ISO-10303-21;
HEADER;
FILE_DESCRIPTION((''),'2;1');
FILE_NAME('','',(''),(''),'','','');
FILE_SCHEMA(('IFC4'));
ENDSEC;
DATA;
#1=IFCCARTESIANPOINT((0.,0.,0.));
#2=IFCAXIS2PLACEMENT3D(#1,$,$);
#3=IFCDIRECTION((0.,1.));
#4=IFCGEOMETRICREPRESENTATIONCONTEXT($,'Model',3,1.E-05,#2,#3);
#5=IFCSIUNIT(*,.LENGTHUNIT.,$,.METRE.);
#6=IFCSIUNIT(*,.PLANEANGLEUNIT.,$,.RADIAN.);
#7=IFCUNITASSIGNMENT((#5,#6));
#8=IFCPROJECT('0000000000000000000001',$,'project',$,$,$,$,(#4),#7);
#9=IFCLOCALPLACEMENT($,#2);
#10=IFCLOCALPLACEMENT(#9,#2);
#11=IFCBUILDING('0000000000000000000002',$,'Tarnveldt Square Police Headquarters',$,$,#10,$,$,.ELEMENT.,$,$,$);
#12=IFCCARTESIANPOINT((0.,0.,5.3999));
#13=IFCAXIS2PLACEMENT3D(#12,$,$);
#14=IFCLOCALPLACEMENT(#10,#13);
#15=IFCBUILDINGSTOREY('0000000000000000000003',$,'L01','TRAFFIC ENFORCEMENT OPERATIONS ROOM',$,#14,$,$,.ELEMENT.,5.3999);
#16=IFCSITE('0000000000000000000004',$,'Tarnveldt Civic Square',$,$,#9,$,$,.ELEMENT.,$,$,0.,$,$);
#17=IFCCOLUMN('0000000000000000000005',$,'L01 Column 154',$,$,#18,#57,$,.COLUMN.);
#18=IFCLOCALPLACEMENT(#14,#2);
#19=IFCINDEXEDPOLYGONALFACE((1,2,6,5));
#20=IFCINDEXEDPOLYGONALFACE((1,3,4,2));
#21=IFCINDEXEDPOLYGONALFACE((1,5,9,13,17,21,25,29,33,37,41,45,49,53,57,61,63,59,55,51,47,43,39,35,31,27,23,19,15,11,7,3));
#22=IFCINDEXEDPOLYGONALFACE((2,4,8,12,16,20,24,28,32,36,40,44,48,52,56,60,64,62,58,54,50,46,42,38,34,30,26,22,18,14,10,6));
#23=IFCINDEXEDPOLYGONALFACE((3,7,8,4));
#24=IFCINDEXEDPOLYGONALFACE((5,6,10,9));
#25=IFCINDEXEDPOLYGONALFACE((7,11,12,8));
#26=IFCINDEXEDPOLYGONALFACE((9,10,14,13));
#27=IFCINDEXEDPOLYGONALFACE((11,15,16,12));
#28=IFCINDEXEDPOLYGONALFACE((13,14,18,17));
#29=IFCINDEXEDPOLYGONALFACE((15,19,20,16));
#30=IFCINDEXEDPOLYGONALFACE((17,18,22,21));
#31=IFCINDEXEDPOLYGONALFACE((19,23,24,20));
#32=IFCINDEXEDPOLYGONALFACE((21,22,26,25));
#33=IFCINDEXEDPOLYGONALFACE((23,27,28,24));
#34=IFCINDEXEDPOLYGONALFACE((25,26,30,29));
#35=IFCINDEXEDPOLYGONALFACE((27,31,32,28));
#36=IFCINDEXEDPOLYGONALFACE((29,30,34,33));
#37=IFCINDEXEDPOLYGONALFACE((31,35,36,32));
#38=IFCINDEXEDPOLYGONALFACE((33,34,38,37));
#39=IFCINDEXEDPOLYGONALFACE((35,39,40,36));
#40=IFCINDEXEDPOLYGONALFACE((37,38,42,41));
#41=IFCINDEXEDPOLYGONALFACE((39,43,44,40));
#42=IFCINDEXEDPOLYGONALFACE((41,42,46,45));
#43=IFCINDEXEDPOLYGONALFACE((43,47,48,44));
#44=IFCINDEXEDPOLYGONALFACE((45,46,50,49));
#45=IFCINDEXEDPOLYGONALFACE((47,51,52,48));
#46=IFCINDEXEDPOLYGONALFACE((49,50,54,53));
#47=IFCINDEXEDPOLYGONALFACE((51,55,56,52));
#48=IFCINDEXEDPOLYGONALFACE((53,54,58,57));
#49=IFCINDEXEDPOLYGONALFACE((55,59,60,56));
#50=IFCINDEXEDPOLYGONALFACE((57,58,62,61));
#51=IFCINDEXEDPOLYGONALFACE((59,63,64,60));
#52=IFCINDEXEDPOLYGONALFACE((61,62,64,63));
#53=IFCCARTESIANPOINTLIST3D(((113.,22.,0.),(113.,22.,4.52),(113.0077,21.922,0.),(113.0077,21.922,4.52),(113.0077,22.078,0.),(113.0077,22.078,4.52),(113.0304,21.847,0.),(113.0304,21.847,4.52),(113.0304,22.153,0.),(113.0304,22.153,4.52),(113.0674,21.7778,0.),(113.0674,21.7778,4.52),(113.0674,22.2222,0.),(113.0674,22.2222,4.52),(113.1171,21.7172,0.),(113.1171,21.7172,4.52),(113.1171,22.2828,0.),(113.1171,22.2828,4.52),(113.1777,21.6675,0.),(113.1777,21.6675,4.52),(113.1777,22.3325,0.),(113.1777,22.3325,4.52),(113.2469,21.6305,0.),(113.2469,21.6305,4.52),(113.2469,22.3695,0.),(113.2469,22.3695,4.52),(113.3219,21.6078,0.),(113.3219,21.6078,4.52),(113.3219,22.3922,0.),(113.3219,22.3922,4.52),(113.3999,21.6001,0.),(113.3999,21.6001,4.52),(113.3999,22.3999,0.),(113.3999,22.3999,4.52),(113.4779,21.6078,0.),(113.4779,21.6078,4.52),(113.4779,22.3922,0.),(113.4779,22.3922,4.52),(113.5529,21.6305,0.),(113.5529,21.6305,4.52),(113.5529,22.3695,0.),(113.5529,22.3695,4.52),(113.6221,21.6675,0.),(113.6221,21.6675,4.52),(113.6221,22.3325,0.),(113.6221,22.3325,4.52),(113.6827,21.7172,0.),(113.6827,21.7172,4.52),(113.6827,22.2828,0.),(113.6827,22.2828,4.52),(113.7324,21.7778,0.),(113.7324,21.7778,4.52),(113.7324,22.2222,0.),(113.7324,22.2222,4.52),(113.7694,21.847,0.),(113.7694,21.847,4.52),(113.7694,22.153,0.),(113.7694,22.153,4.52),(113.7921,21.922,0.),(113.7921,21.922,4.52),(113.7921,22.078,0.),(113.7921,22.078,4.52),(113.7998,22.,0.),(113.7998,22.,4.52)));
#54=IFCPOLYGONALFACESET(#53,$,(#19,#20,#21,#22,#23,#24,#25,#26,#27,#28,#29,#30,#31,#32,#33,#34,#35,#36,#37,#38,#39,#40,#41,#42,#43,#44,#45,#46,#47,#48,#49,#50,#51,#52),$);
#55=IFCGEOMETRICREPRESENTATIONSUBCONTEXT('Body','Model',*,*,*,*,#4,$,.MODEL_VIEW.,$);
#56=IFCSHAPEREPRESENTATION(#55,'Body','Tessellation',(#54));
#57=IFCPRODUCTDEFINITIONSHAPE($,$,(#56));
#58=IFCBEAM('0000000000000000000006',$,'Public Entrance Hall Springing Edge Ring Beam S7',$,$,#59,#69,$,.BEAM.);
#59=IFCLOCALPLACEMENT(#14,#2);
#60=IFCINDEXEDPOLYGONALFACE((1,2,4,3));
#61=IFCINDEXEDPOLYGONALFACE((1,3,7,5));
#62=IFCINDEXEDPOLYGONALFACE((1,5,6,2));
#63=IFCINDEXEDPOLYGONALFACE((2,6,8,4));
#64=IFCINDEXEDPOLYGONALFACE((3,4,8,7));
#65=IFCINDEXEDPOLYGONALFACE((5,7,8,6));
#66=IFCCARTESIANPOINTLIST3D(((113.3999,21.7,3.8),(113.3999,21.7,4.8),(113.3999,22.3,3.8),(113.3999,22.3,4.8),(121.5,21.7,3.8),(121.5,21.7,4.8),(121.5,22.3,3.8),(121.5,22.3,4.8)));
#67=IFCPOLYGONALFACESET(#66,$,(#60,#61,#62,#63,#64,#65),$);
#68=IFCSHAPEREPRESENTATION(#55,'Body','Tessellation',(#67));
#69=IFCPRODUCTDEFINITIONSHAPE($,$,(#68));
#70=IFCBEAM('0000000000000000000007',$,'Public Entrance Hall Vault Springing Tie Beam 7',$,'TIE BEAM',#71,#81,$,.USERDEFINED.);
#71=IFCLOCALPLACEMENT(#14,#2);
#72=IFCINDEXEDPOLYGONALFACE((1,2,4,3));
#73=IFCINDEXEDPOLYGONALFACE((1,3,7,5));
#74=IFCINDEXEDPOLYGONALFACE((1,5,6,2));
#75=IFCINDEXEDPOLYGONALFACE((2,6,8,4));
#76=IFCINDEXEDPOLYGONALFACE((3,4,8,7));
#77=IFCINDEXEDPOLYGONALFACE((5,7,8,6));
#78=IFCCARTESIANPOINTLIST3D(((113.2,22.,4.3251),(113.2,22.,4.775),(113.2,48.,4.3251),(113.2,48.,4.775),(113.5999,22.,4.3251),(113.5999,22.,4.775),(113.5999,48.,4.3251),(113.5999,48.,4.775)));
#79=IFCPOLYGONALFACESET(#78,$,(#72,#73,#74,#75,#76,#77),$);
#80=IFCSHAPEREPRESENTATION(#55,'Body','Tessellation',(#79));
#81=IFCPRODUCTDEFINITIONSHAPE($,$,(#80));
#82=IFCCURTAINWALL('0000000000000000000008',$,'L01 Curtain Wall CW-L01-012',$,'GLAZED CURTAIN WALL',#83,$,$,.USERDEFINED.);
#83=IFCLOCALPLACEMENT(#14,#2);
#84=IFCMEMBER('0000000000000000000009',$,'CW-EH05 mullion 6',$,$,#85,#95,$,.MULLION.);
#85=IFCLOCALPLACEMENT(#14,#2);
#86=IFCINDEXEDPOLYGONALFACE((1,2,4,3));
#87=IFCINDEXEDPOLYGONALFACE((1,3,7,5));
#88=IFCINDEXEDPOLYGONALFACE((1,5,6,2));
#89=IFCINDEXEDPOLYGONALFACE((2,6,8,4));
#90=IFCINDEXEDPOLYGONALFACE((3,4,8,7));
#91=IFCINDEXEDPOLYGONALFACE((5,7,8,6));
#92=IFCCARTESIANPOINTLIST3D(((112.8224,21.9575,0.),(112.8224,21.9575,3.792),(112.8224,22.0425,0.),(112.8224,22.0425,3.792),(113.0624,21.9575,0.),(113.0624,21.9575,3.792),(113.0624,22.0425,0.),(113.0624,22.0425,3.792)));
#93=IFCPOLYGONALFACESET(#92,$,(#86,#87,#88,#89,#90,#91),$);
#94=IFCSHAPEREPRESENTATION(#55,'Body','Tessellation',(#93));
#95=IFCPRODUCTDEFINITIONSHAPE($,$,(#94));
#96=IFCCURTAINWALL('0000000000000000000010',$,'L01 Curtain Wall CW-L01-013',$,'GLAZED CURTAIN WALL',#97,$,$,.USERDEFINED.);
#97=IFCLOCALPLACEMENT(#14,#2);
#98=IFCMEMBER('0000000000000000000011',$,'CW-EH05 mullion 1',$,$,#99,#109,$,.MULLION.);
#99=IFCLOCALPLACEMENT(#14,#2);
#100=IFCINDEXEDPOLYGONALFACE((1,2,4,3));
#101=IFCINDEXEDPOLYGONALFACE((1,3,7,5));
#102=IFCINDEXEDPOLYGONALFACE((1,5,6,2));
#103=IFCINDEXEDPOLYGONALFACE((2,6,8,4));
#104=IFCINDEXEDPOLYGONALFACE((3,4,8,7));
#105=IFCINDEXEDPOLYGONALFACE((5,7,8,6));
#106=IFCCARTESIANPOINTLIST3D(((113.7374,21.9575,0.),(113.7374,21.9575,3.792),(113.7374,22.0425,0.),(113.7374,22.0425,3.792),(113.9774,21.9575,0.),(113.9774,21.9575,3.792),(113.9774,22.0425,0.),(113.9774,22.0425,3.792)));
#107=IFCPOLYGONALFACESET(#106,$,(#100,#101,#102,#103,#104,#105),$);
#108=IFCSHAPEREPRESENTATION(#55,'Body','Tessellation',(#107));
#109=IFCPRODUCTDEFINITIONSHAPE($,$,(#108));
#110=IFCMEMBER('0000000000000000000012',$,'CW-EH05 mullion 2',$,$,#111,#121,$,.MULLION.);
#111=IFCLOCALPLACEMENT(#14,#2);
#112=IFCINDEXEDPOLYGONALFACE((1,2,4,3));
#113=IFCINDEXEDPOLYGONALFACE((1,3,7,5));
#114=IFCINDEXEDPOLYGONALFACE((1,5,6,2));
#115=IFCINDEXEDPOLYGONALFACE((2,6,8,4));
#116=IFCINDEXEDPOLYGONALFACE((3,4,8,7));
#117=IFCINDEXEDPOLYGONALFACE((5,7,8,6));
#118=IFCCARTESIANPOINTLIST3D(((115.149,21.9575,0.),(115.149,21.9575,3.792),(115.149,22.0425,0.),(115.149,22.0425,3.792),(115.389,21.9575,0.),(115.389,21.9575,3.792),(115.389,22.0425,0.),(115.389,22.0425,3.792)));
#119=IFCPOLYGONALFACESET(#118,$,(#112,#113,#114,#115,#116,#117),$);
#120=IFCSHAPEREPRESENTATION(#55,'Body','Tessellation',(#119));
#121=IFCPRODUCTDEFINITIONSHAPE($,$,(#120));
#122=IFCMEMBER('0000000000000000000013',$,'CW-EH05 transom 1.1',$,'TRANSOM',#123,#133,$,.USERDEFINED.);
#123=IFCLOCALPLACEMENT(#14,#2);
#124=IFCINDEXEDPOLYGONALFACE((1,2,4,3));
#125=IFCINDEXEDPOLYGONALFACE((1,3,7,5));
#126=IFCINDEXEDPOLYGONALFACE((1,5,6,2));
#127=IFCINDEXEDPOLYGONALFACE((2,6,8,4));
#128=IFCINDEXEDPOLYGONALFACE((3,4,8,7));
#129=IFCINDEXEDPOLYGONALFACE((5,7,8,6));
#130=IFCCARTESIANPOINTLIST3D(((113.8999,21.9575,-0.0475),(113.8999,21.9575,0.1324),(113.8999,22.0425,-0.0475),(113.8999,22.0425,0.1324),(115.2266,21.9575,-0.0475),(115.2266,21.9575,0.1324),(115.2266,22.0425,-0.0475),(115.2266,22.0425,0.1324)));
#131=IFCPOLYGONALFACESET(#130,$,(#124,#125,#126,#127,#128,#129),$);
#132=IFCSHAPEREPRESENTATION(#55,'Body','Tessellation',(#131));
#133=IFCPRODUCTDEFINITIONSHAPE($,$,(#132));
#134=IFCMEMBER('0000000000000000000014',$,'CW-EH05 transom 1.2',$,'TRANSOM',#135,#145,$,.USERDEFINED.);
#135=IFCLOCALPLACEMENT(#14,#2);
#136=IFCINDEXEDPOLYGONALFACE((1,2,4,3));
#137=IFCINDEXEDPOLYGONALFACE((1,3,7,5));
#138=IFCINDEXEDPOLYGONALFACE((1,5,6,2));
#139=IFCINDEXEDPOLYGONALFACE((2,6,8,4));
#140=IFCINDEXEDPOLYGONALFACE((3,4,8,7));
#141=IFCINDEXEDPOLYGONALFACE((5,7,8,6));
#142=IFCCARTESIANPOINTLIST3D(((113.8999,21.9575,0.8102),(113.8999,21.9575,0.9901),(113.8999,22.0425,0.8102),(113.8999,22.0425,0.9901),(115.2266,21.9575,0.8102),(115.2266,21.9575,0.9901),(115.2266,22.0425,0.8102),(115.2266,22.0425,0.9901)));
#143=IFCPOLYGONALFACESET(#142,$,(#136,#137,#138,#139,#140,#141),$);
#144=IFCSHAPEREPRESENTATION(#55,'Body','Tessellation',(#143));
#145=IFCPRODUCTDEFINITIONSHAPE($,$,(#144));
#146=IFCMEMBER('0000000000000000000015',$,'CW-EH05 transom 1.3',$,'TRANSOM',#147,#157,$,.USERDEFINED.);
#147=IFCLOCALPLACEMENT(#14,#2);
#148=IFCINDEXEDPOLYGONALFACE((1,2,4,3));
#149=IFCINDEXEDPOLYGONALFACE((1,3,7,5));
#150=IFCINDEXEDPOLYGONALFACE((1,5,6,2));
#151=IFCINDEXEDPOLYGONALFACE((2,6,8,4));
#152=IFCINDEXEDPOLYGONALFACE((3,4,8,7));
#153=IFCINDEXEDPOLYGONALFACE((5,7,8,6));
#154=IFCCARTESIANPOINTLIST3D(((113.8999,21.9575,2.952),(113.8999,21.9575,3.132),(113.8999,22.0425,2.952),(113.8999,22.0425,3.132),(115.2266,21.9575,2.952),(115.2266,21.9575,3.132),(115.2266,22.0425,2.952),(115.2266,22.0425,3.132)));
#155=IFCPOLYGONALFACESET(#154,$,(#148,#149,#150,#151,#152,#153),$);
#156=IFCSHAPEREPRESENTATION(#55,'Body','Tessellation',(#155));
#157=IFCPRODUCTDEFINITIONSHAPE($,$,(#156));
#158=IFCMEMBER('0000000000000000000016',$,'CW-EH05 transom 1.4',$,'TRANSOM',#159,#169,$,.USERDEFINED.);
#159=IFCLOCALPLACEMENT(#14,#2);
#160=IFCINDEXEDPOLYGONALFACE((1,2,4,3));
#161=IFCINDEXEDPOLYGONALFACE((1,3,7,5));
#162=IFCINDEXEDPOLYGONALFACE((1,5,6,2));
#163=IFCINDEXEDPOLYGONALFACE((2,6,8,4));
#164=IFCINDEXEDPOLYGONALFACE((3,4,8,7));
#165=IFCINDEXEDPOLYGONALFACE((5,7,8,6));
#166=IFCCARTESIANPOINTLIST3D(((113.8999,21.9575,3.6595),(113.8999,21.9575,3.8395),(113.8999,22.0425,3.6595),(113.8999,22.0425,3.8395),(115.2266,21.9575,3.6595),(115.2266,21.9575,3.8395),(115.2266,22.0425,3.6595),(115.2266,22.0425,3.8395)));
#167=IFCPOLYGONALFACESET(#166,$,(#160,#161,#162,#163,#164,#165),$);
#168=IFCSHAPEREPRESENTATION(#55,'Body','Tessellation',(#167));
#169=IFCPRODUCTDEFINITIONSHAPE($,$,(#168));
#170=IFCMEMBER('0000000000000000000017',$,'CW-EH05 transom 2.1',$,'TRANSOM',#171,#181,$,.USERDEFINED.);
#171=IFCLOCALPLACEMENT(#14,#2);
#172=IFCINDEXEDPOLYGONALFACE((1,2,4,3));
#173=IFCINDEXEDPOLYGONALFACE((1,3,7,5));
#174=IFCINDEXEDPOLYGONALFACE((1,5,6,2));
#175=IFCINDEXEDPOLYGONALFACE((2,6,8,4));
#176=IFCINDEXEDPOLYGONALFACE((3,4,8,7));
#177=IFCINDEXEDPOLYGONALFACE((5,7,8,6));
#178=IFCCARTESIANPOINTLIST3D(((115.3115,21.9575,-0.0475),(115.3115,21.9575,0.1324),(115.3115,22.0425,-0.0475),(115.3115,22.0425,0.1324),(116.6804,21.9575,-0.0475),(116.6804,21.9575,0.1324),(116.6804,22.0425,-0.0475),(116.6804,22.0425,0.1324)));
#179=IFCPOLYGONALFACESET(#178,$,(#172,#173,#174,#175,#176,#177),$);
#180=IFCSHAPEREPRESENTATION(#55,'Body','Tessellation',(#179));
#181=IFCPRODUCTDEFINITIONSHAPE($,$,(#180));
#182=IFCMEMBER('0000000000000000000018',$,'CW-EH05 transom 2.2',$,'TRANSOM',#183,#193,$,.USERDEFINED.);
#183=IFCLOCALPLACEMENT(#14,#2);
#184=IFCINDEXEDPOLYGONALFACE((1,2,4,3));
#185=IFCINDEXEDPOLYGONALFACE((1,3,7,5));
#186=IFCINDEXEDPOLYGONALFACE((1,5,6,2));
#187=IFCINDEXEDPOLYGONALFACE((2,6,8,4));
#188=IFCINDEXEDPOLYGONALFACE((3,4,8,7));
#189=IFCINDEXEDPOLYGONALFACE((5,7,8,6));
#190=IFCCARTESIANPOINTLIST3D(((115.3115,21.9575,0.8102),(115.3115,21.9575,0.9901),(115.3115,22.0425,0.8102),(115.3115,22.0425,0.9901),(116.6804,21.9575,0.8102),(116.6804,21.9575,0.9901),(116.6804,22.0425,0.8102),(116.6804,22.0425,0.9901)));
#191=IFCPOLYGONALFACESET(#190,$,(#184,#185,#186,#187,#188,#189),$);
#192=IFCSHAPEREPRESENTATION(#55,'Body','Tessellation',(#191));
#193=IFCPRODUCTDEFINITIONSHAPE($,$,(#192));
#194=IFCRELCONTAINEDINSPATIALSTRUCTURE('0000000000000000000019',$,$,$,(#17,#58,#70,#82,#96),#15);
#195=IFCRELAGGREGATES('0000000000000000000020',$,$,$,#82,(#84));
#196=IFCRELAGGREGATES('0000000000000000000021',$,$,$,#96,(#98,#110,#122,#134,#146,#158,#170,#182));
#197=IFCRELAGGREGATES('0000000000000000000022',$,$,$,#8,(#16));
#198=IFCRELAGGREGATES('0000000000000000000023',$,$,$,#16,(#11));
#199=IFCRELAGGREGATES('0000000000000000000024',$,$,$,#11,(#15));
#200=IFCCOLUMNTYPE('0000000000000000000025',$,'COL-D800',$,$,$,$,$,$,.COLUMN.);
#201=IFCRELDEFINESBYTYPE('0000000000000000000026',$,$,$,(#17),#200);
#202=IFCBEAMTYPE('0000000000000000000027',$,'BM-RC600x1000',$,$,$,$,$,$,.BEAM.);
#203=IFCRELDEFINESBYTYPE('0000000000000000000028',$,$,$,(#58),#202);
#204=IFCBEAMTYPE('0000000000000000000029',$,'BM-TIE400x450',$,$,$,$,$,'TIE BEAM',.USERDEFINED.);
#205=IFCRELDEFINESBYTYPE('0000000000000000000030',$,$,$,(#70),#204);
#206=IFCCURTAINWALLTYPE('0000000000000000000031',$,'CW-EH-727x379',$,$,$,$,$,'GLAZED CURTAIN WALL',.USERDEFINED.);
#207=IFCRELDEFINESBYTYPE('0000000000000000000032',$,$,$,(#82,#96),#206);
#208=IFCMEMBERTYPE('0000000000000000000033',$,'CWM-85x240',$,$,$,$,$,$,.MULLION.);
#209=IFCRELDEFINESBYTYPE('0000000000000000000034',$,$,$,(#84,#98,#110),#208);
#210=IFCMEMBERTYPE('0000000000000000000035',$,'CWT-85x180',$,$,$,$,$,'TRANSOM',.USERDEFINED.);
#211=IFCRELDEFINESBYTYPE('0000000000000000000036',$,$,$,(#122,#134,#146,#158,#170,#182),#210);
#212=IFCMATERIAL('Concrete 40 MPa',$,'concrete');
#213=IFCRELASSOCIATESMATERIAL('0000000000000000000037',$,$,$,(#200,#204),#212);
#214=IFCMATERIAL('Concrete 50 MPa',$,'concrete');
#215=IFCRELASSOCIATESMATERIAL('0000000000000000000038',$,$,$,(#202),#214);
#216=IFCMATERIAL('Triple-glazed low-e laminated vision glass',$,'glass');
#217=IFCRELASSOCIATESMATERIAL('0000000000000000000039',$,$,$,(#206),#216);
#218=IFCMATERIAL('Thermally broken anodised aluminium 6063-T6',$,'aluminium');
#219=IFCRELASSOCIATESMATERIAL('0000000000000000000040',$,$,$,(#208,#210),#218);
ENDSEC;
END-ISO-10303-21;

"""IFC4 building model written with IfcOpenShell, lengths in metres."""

from ifc_helpers import new_model, si_unit, direction, frame, origin, origin_2d, place, context, subcontext, project, spatial, rectangle, circle, extrude, material, material_profile, profile_set, type_object, element, aggregate, save


model = new_model("IFC4")

# Units and contexts
model_context = context("Model", 3, precision=1e-05, world=origin(), true_north=direction((0.0, 1.0)))
body_context = subcontext(model_context, "Body", "Model", "MODEL_VIEW")
ifc_project = project(units=[si_unit("LENGTHUNIT", "METRE"), si_unit("PLANEANGLEUNIT", "RADIAN")], contexts=[model_context])

# Site, building, storey
site_placement = place(None, origin())
site = spatial("IfcSite", under=ifc_project, at=site_placement, Name="Tarnveldt Civic Square", CompositionType="ELEMENT", RefElevation=0.0)
building_placement = place(site_placement, origin())
building = spatial("IfcBuilding", under=site, at=building_placement, Name="Tarnveldt Square Police Headquarters", CompositionType="ELEMENT")
storey_placement = place(building_placement, frame((0.0, 0.0, 5.3999)))
storey = spatial("IfcBuildingStorey", under=building, at=storey_placement, Name="L01", Description="TRAFFIC ENFORCEMENT OPERATIONS ROOM", CompositionType="ELEMENT", Elevation=5.3999)

# Column
ifc_material_1 = material(Name="Concrete 40 MPa", Category="concrete")
ifc_material_profile_1 = material_profile(ifc_material_1, circle(Radius=0.3999, at=origin_2d()), Name="RC-D800")
ifc_profile_set_1 = profile_set([ifc_material_profile_1], Name="Concrete 40 MPa")
column_type = type_object("IfcColumnType", Name="COL-D800", PredefinedType="COLUMN", material=ifc_profile_set_1)
column_placement = place(storey_placement, frame((113.3999, 22.0, 0.0), z_axis=(0.0, 0.0, 1.0), x_axis=(1.0, 0.0, 0.0)))
element("IfcColumn", 1, at=column_placement, inside=storey, type_object=column_type, Name="L01 Column 154", PredefinedType="COLUMN", context=body_context, shape_type="SweptSolid", body=[
    extrude(circle(Radius=0.3999, at=origin_2d()), origin(), (0.0, 0.0, 1.0), 4.52),
])

# Beams
ifc_material_2 = material(Name="Concrete 50 MPa", Category="concrete")
ifc_material_profile_2 = material_profile(ifc_material_2, rectangle(XDim=0.6001, YDim=1.0, at=origin_2d()), Name="RC-B600x1000")
ifc_profile_set_2 = profile_set([ifc_material_profile_2], Name="Concrete 50 MPa")
beam_type_1 = type_object("IfcBeamType", Name="BM-RC600x1000", PredefinedType="BEAM", material=ifc_profile_set_2)
beam_1_placement = place(storey_placement, frame((113.3999, 22.0, 4.3), z_axis=(1.0, 0.0, 0.0), x_axis=(0.0, 1.0, 0.0)))
element("IfcBeam", 2, at=beam_1_placement, inside=storey, type_object=beam_type_1, Name="Public Entrance Hall Springing Edge Ring Beam S7", PredefinedType="BEAM", context=body_context, shape_type="SweptSolid", body=[
    extrude(rectangle(XDim=0.6001, YDim=1.0, at=origin_2d()), origin(), (0.0, 0.0, 1.0), 8.1001),
])
ifc_material_profile_3 = material_profile(ifc_material_1, rectangle(XDim=0.3999, YDim=0.45, at=origin_2d()), Name="RC-TIE400x450")
ifc_profile_set_3 = profile_set([ifc_material_profile_3], Name="Concrete 40 MPa")
beam_type_2 = type_object("IfcBeamType", Name="BM-TIE400x450", ElementType="TIE BEAM", PredefinedType="USERDEFINED", material=ifc_profile_set_3)
beam_2_placement = place(storey_placement, frame((113.3999, 22.0, 4.55), z_axis=(0.0, 1.0, 0.0), x_axis=(-1.0, 0.0, 0.0)))
element("IfcBeam", 3, at=beam_2_placement, inside=storey, type_object=beam_type_2, Name="Public Entrance Hall Vault Springing Tie Beam 7", ObjectType="TIE BEAM", PredefinedType="USERDEFINED", context=body_context, shape_type="SweptSolid", body=[
    extrude(rectangle(XDim=0.3999, YDim=0.45, at=origin_2d()), origin(), (0.0, 0.0, 1.0), 26.0),
])

# Curtain wall, member
ifc_material_3 = material(Name="Triple-glazed low-e laminated vision glass", Category="glass")
curtain_wall_type = type_object("IfcCurtainWallType", Name="CW-EH-727x379", ElementType="GLAZED CURTAIN WALL", PredefinedType="USERDEFINED", material=ifc_material_3)
curtain_wall_1_placement = place(storey_placement, origin())
curtain_wall_1 = element("IfcCurtainWall", 4, at=curtain_wall_1_placement, inside=storey, type_object=curtain_wall_type, Name="L01 Curtain Wall CW-L01-012", ObjectType="GLAZED CURTAIN WALL", PredefinedType="USERDEFINED")
ifc_material_4 = material(Name="Thermally broken anodised aluminium 6063-T6", Category="aluminium")
ifc_material_profile_4 = material_profile(ifc_material_4, rectangle(XDim=0.085, YDim=0.24, at=origin_2d()), Name="CW-M85x240")
ifc_profile_set_4 = profile_set([ifc_material_profile_4], Name="Thermally broken anodised aluminium 6063-T6")
member_type_1 = type_object("IfcMemberType", Name="CWM-85x240", PredefinedType="MULLION", material=ifc_profile_set_4)
member_1_placement = place(storey_placement, frame((112.9424, 22.0, 0.0), z_axis=(0.0, 0.0, 1.0), x_axis=(0.0, 1.0, 0.0)))
member_1 = element("IfcMember", 5, at=member_1_placement, type_object=member_type_1, Name="CW-EH05 mullion 6", PredefinedType="MULLION", context=body_context, shape_type="SweptSolid", body=[
    extrude(rectangle(XDim=0.085, YDim=0.24, at=origin_2d()), origin(), (0.0, 0.0, 1.0), 3.792),
])

# Curtain wall, members
curtain_wall_2_placement = place(storey_placement, origin())
curtain_wall_2 = element("IfcCurtainWall", 6, at=curtain_wall_2_placement, inside=storey, type_object=curtain_wall_type, Name="L01 Curtain Wall CW-L01-013", ObjectType="GLAZED CURTAIN WALL", PredefinedType="USERDEFINED")
member_2_placement = place(storey_placement, frame((113.8574, 22.0, 0.0), z_axis=(0.0, 0.0, 1.0), x_axis=(0.0, 1.0, 0.0)))
member_2 = element("IfcMember", 7, at=member_2_placement, type_object=member_type_1, Name="CW-EH05 mullion 1", PredefinedType="MULLION", context=body_context, shape_type="SweptSolid", body=[
    extrude(rectangle(XDim=0.085, YDim=0.24, at=origin_2d()), origin(), (0.0, 0.0, 1.0), 3.792),
])
member_3_placement = place(storey_placement, frame((115.269, 22.0, 0.0), z_axis=(0.0, 0.0, 1.0), x_axis=(0.0, 1.0, 0.0)))
member_3 = element("IfcMember", 8, at=member_3_placement, type_object=member_type_1, Name="CW-EH05 mullion 2", PredefinedType="MULLION", context=body_context, shape_type="SweptSolid", body=[
    extrude(rectangle(XDim=0.085, YDim=0.24, at=origin_2d()), origin(), (0.0, 0.0, 1.0), 3.792),
])
ifc_material_profile_5 = material_profile(ifc_material_4, rectangle(XDim=0.085, YDim=0.1799, at=origin_2d()), Name="CW-T85x180")
ifc_profile_set_5 = profile_set([ifc_material_profile_5], Name="Thermally broken anodised aluminium 6063-T6")
member_type_2 = type_object("IfcMemberType", Name="CWT-85x180", ElementType="TRANSOM", PredefinedType="USERDEFINED", material=ifc_profile_set_5)
member_4_placement = place(storey_placement, frame((113.8999, 22.0, 0.0425), z_axis=(1.0, 0.0, 0.0), x_axis=(0.0, 1.0, 0.0)))
member_4 = element("IfcMember", 9, at=member_4_placement, type_object=member_type_2, Name="CW-EH05 transom 1.1", ObjectType="TRANSOM", PredefinedType="USERDEFINED", context=body_context, shape_type="SweptSolid", body=[
    extrude(rectangle(XDim=0.085, YDim=0.1799, at=origin_2d()), origin(), (0.0, 0.0, 1.0), 1.3267),
])
member_5_placement = place(storey_placement, frame((113.8999, 22.0, 0.9001), z_axis=(1.0, 0.0, 0.0), x_axis=(0.0, 1.0, 0.0)))
member_5 = element("IfcMember", 10, at=member_5_placement, type_object=member_type_2, Name="CW-EH05 transom 1.2", ObjectType="TRANSOM", PredefinedType="USERDEFINED", context=body_context, shape_type="SweptSolid", body=[
    extrude(rectangle(XDim=0.085, YDim=0.1799, at=origin_2d()), origin(), (0.0, 0.0, 1.0), 1.3267),
])
member_6_placement = place(storey_placement, frame((113.8999, 22.0, 3.042), z_axis=(1.0, 0.0, 0.0), x_axis=(0.0, 1.0, 0.0)))
member_6 = element("IfcMember", 11, at=member_6_placement, type_object=member_type_2, Name="CW-EH05 transom 1.3", ObjectType="TRANSOM", PredefinedType="USERDEFINED", context=body_context, shape_type="SweptSolid", body=[
    extrude(rectangle(XDim=0.085, YDim=0.1799, at=origin_2d()), origin(), (0.0, 0.0, 1.0), 1.3267),
])
member_7_placement = place(storey_placement, frame((113.8999, 22.0, 3.7495), z_axis=(1.0, 0.0, 0.0), x_axis=(0.0, 1.0, 0.0)))
member_7 = element("IfcMember", 12, at=member_7_placement, type_object=member_type_2, Name="CW-EH05 transom 1.4", ObjectType="TRANSOM", PredefinedType="USERDEFINED", context=body_context, shape_type="SweptSolid", body=[
    extrude(rectangle(XDim=0.085, YDim=0.1799, at=origin_2d()), origin(), (0.0, 0.0, 1.0), 1.3267),
])
member_8_placement = place(storey_placement, frame((115.3115, 22.0, 0.0425), z_axis=(1.0, 0.0, 0.0), x_axis=(0.0, 1.0, 0.0)))
member_8 = element("IfcMember", 13, at=member_8_placement, type_object=member_type_2, Name="CW-EH05 transom 2.1", ObjectType="TRANSOM", PredefinedType="USERDEFINED", context=body_context, shape_type="SweptSolid", body=[
    extrude(rectangle(XDim=0.085, YDim=0.1799, at=origin_2d()), origin(), (0.0, 0.0, 1.0), 1.3689),
])
member_9_placement = place(storey_placement, frame((115.3115, 22.0, 0.9001), z_axis=(1.0, 0.0, 0.0), x_axis=(0.0, 1.0, 0.0)))
member_9 = element("IfcMember", 14, at=member_9_placement, type_object=member_type_2, Name="CW-EH05 transom 2.2", ObjectType="TRANSOM", PredefinedType="USERDEFINED", context=body_context, shape_type="SweptSolid", body=[
    extrude(rectangle(XDim=0.085, YDim=0.1799, at=origin_2d()), origin(), (0.0, 0.0, 1.0), 1.3689),
])

aggregate(curtain_wall_1, [member_1])
aggregate(curtain_wall_2, [member_2, member_3, member_4, member_5, member_6, member_7, member_8, member_9])

save(model, "model.ifc")
